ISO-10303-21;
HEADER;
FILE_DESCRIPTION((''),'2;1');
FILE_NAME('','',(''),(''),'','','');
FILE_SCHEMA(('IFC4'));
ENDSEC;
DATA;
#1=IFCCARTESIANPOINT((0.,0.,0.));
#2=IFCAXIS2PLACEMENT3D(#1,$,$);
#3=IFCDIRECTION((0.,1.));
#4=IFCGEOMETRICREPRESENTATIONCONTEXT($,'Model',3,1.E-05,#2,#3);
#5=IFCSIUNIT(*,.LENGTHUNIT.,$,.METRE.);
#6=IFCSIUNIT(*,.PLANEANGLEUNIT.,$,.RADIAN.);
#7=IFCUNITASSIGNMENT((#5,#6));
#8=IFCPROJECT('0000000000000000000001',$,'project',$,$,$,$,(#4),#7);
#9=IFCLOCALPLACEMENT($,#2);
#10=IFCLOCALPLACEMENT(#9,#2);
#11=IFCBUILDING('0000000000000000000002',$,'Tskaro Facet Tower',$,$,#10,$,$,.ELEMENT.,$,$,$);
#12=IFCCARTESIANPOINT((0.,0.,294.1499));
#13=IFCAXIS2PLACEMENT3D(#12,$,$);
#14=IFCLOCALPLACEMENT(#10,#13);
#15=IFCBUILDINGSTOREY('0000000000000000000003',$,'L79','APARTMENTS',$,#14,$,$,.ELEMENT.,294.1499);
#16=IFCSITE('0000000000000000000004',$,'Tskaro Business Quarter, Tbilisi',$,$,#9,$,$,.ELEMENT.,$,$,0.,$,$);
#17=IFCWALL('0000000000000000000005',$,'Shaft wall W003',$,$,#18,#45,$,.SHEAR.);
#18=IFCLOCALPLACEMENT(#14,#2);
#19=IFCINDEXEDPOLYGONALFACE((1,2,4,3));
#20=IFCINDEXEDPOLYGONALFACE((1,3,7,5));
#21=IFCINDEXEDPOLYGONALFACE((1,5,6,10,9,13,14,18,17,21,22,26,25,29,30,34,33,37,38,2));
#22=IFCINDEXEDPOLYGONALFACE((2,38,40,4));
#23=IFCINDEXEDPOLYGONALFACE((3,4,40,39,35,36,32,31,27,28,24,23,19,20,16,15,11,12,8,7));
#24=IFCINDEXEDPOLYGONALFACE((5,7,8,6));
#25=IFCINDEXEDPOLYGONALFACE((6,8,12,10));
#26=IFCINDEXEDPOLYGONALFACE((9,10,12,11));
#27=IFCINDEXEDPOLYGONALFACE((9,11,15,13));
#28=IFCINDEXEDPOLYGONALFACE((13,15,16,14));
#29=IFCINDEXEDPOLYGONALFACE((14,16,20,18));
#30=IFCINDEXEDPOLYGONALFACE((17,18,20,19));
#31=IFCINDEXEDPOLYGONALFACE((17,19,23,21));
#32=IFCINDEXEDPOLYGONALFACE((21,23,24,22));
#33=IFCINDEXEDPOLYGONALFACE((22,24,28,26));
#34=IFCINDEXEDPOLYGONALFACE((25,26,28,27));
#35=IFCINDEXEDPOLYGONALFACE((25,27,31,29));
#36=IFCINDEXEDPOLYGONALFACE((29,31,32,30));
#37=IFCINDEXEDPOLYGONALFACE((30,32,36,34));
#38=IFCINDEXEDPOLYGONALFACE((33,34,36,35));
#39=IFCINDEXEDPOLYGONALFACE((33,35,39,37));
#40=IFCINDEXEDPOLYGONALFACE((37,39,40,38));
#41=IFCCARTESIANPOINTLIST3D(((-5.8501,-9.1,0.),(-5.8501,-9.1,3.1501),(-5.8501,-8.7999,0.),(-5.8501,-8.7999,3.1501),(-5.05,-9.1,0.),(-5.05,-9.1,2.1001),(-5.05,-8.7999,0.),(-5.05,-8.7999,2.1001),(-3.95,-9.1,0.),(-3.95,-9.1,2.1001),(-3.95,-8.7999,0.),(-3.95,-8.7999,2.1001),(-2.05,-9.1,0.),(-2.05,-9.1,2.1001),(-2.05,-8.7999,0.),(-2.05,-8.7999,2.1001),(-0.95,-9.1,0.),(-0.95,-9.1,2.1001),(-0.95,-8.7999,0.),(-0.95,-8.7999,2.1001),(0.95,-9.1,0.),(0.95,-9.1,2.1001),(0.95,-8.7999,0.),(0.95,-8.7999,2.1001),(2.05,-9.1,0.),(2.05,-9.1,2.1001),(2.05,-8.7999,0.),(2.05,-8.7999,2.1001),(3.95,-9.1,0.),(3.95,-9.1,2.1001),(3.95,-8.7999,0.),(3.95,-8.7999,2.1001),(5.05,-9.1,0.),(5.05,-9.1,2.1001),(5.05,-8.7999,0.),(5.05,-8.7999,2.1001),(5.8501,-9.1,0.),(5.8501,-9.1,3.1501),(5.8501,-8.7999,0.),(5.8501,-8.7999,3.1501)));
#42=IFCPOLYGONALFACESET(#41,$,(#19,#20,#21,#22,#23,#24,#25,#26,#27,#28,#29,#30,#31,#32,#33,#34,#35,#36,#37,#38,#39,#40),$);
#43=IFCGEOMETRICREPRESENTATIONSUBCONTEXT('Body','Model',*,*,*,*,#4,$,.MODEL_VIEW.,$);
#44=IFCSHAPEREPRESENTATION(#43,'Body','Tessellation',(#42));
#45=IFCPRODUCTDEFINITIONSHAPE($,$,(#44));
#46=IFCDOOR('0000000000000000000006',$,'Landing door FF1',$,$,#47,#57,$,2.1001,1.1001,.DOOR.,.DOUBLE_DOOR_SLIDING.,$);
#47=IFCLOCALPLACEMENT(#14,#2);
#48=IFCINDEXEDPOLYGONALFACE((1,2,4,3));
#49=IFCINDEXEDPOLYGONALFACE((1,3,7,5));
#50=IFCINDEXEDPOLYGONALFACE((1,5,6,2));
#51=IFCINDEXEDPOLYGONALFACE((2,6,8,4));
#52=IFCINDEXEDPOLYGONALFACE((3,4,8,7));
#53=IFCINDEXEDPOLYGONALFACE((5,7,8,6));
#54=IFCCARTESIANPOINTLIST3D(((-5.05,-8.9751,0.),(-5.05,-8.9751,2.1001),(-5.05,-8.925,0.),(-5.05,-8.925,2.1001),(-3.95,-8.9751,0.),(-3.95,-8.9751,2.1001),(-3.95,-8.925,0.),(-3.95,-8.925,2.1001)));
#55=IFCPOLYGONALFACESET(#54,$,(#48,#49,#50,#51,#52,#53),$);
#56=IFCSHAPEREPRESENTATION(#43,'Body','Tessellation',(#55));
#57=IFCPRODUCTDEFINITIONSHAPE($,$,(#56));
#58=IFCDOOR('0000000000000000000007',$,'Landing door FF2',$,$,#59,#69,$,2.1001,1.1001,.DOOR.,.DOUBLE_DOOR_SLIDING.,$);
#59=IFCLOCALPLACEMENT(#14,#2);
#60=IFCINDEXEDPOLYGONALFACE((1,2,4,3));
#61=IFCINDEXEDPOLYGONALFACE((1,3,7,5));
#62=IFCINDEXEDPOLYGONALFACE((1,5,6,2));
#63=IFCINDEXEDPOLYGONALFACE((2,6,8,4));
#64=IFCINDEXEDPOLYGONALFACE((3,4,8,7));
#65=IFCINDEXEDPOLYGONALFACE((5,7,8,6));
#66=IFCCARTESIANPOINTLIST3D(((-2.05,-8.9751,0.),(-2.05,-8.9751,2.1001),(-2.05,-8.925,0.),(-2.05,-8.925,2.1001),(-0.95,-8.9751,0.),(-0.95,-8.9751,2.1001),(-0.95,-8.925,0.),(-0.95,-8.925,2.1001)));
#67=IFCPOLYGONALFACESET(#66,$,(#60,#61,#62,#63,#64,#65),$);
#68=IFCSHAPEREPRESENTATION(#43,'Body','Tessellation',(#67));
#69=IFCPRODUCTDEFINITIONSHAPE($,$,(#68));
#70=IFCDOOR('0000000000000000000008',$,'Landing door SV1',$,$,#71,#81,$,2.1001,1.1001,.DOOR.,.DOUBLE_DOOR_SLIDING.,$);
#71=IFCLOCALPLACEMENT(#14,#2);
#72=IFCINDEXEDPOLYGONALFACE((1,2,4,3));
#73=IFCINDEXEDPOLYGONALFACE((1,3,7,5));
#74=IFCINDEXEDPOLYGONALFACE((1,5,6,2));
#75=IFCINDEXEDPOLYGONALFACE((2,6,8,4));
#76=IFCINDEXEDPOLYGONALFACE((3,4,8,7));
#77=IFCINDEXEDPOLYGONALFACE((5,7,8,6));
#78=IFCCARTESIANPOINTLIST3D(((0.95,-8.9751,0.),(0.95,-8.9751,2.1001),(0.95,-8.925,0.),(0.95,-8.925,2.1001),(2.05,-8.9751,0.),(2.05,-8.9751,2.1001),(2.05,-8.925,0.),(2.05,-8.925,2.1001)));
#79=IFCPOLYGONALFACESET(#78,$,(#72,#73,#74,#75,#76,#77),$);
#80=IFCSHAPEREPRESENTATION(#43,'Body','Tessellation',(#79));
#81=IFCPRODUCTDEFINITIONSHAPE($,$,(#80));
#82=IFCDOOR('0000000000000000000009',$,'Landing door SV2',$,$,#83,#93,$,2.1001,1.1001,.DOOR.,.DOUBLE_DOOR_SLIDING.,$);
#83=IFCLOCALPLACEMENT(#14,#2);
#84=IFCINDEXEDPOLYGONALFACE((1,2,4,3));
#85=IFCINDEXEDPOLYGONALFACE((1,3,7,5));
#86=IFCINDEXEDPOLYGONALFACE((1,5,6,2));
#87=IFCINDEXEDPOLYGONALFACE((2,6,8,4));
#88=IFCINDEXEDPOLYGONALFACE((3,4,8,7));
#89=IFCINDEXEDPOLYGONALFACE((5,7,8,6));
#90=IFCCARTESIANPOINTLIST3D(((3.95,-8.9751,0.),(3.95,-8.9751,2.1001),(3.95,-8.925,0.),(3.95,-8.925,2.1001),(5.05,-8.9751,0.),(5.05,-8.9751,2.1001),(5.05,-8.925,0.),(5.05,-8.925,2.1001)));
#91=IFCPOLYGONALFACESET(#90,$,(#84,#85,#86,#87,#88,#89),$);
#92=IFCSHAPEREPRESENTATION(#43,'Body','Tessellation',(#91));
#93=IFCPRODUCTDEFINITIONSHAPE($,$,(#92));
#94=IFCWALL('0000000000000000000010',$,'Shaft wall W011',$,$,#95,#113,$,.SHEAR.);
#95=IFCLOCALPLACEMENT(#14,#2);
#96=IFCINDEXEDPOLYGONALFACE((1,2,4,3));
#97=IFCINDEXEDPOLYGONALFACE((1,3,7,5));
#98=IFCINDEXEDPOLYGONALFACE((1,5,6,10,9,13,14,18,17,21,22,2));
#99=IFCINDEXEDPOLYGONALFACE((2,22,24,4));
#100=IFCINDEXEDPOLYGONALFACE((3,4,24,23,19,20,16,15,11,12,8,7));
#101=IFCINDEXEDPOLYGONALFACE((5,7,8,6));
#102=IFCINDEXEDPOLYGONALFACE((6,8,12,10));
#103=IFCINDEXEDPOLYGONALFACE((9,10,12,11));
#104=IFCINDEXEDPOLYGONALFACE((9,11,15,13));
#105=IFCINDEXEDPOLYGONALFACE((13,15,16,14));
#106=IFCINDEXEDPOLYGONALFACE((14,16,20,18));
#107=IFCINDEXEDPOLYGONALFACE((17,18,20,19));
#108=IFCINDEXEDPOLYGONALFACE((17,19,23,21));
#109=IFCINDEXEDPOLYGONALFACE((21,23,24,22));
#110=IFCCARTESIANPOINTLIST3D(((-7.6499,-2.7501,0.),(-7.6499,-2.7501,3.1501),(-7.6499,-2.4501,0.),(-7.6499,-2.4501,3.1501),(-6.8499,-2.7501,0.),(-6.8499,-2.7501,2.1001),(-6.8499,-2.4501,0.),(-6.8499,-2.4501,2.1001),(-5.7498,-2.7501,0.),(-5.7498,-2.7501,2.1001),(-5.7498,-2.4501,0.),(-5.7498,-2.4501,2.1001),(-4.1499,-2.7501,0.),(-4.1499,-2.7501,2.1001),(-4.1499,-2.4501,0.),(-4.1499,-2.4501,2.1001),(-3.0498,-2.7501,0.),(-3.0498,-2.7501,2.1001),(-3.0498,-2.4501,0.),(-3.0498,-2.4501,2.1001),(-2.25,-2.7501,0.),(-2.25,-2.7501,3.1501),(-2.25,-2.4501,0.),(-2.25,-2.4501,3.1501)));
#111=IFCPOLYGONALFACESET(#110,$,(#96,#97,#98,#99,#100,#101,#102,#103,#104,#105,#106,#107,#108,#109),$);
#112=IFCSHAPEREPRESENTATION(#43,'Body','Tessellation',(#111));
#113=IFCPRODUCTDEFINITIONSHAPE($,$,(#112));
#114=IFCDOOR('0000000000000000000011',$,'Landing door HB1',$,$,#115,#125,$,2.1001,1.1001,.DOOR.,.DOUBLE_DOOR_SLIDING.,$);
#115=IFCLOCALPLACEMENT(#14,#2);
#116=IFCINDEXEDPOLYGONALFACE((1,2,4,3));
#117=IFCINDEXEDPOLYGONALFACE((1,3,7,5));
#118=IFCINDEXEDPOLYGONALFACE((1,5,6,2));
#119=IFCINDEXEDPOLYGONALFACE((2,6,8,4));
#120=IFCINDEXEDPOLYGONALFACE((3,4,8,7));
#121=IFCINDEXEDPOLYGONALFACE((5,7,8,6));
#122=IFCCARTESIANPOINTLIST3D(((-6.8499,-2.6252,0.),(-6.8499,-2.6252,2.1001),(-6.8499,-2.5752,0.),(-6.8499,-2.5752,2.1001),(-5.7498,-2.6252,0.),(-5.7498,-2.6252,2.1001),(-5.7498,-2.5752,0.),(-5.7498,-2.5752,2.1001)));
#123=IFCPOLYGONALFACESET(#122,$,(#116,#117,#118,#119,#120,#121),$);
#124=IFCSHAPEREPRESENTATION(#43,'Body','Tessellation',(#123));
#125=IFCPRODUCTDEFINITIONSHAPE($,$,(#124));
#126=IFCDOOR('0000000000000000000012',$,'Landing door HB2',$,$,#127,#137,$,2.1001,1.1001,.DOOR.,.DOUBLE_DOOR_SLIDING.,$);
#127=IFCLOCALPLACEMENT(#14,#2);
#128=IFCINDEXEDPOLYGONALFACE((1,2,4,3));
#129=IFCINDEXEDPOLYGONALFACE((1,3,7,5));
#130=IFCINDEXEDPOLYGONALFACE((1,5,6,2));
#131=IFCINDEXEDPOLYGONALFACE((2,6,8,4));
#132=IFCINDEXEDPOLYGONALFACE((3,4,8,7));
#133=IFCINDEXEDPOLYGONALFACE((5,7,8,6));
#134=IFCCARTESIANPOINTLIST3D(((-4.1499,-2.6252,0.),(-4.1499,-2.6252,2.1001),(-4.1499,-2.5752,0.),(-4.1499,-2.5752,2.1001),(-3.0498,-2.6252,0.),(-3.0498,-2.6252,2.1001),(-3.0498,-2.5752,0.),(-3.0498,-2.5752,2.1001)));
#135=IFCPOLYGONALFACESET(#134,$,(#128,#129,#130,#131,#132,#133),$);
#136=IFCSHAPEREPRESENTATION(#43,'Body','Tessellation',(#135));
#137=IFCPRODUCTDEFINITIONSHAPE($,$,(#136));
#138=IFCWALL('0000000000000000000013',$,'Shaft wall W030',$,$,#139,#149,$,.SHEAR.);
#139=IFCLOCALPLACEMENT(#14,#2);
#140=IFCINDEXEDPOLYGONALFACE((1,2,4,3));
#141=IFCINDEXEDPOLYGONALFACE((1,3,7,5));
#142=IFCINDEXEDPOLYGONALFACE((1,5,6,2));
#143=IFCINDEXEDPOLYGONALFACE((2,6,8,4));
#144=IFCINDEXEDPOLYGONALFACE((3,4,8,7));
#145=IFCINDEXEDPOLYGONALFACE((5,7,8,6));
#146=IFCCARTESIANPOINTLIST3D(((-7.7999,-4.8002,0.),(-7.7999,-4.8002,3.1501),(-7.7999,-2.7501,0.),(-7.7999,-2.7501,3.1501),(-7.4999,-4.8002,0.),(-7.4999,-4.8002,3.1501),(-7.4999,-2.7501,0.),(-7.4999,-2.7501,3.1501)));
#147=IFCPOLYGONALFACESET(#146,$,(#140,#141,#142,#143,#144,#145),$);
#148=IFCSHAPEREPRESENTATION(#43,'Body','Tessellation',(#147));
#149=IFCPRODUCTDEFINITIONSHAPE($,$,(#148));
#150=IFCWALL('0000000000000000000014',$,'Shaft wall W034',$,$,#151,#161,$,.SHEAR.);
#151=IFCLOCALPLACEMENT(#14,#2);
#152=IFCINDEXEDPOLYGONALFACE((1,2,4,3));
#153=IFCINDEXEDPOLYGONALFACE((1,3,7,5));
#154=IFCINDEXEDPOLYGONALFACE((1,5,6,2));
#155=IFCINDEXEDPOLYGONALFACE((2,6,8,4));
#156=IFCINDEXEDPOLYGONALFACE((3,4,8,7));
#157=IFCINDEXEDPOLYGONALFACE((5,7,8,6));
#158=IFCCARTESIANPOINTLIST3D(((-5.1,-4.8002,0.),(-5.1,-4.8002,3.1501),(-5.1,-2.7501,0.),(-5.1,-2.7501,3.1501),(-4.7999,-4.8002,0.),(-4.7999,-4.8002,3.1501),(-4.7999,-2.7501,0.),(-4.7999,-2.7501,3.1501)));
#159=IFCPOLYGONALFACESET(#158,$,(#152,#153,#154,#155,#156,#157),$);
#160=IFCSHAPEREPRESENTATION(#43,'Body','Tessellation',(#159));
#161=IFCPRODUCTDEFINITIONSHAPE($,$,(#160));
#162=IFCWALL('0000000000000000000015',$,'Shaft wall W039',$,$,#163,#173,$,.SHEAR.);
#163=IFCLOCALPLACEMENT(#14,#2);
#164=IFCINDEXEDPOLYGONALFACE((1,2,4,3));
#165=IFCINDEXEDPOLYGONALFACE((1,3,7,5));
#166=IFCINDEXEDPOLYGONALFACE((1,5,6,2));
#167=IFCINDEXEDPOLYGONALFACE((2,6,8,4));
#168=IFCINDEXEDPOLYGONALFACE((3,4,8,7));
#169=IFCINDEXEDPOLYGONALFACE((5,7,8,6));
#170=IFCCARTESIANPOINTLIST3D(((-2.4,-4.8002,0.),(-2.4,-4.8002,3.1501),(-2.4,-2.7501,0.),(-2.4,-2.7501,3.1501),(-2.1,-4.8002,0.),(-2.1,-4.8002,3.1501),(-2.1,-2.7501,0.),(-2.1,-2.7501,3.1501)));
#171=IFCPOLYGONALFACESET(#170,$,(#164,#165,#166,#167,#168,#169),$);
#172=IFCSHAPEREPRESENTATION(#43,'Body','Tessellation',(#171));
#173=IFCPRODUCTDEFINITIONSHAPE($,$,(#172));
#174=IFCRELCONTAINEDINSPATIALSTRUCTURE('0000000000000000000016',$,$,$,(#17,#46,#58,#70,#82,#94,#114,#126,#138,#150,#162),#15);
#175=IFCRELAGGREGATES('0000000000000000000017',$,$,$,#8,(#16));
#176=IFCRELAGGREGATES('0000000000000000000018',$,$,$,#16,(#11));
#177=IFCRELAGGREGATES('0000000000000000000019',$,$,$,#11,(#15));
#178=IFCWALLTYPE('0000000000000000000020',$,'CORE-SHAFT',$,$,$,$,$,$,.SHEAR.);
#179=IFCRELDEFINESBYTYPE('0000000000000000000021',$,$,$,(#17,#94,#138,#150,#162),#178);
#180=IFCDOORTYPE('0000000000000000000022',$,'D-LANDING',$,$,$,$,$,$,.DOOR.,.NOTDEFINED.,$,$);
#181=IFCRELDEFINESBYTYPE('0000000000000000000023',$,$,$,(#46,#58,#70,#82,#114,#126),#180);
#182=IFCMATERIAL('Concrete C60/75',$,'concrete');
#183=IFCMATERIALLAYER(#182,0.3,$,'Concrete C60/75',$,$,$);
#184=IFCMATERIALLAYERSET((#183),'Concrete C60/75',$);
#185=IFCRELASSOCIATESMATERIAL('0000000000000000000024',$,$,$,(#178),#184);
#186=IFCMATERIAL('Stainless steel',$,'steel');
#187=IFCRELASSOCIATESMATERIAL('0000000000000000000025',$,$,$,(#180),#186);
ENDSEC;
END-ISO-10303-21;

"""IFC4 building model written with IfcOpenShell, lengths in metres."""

from ifc_helpers import new_model, si_unit, direction, frame, frame_2d, origin, place, context, subcontext, project, spatial, rectangle, extrude, material, layer, layer_set, type_object, element, fill, save


model = new_model("IFC4")

# Units and contexts
model_context = context("Model", 3, precision=1e-05, world=origin(), true_north=direction((0.0, 1.0)))
body_context = subcontext(model_context, "Body", "Model", "MODEL_VIEW")
ifc_project = project(units=[si_unit("LENGTHUNIT", "METRE"), si_unit("PLANEANGLEUNIT", "RADIAN")], contexts=[model_context])

# Site, building, storey
site_placement = place(None, origin())
site = spatial("IfcSite", under=ifc_project, at=site_placement, Name="Tskaro Business Quarter, Tbilisi", CompositionType="ELEMENT", RefElevation=0.0)
building_placement = place(site_placement, origin())
building = spatial("IfcBuilding", under=site, at=building_placement, Name="Tskaro Facet Tower", CompositionType="ELEMENT")
storey_placement = place(building_placement, frame((0.0, 0.0, 294.1499)))
storey = spatial("IfcBuildingStorey", under=building, at=storey_placement, Name="L79", Description="APARTMENTS", CompositionType="ELEMENT", Elevation=294.1499)

# Walls, openings, doors
ifc_material_1 = material(Name="Concrete C60/75", Category="concrete")
ifc_layer_1 = layer(ifc_material_1, 0.3, Name="Concrete C60/75")
ifc_layer_set_1 = layer_set([ifc_layer_1], Name="Concrete C60/75")
wall_type_1 = type_object("IfcWallType", Name="CORE-SHAFT", PredefinedType="SHEAR", material=ifc_layer_set_1)
wall_1_placement = place(storey_placement, frame((-5.8501, -8.95, 0.0), z_axis=(0.0, 0.0, 1.0), x_axis=(1.0, 0.0, 0.0)))
wall_1 = element("IfcWall", 1, at=wall_1_placement, inside=storey, type_object=wall_type_1, Name="Shaft wall W003", PredefinedType="SHEAR", context=body_context, shape_type="SweptSolid", body=[
    extrude(rectangle(XDim=11.7002, YDim=0.3, at=frame_2d((5.8501, 0.0))), origin(), (0.0, 0.0, 1.0), 3.1501),
])
opening_1_placement = place(wall_1_placement, frame((0.8, 0.0, 0.0)))
opening_1 = element("IfcOpeningElement", 2, at=opening_1_placement, cuts=wall_1, PredefinedType="OPENING", context=body_context, shape_type="SweptSolid", body=[
    extrude(rectangle(XDim=1.1001, YDim=2.1001, at=frame_2d((0.55, 1.05))), frame((0.0, 0.1599, 0.0), z_axis=(0.0, -1.0, 0.0), x_axis=(1.0, 0.0, 0.0)), (0.0, 0.0, 1.0), 0.3201),
])
opening_2_placement = place(wall_1_placement, frame((3.8, 0.0, 0.0)))
opening_2 = element("IfcOpeningElement", 3, at=opening_2_placement, cuts=wall_1, PredefinedType="OPENING", context=body_context, shape_type="SweptSolid", body=[
    extrude(rectangle(XDim=1.1001, YDim=2.1001, at=frame_2d((0.55, 1.05))), frame((0.0, 0.1599, 0.0), z_axis=(0.0, -1.0, 0.0), x_axis=(1.0, 0.0, 0.0)), (0.0, 0.0, 1.0), 0.3201),
])
opening_3_placement = place(wall_1_placement, frame((6.8, 0.0, 0.0)))
opening_3 = element("IfcOpeningElement", 4, at=opening_3_placement, cuts=wall_1, PredefinedType="OPENING", context=body_context, shape_type="SweptSolid", body=[
    extrude(rectangle(XDim=1.1001, YDim=2.1001, at=frame_2d((0.55, 1.05))), frame((0.0, 0.1599, 0.0), z_axis=(0.0, -1.0, 0.0), x_axis=(1.0, 0.0, 0.0)), (0.0, 0.0, 1.0), 0.3201),
])
opening_4_placement = place(wall_1_placement, frame((9.8, 0.0, 0.0)))
opening_4 = element("IfcOpeningElement", 5, at=opening_4_placement, cuts=wall_1, PredefinedType="OPENING", context=body_context, shape_type="SweptSolid", body=[
    extrude(rectangle(XDim=1.1001, YDim=2.1001, at=frame_2d((0.55, 1.05))), frame((0.0, 0.1599, 0.0), z_axis=(0.0, -1.0, 0.0), x_axis=(1.0, 0.0, 0.0)), (0.0, 0.0, 1.0), 0.3201),
])
ifc_material_2 = material(Name="Stainless steel", Category="steel")
door_type_1 = type_object("IfcDoorType", Name="D-LANDING", OperationType="NOTDEFINED", PredefinedType="DOOR", material=ifc_material_2)
door_1_placement = place(opening_1_placement, origin())
door_1 = element("IfcDoor", 6, at=door_1_placement, inside=storey, type_object=door_type_1, Name="Landing door FF1", OperationType="DOUBLE_DOOR_SLIDING", OverallHeight=2.1001, OverallWidth=1.1001, PredefinedType="DOOR", context=body_context, shape_type="SweptSolid", body=[
    extrude(rectangle(XDim=1.1001, YDim=2.1001, at=frame_2d((0.55, 1.05))), frame((0.0, 0.0249, 0.0), z_axis=(0.0, -1.0, 0.0), x_axis=(1.0, 0.0, 0.0)), (0.0, 0.0, 1.0), 0.05),
])
fill(opening_1, door_1)
door_2_placement = place(opening_2_placement, origin())
door_2 = element("IfcDoor", 7, at=door_2_placement, inside=storey, type_object=door_type_1, Name="Landing door FF2", OperationType="DOUBLE_DOOR_SLIDING", OverallHeight=2.1001, OverallWidth=1.1001, PredefinedType="DOOR", context=body_context, shape_type="SweptSolid", body=[
    extrude(rectangle(XDim=1.1001, YDim=2.1001, at=frame_2d((0.55, 1.05))), frame((0.0, 0.0249, 0.0), z_axis=(0.0, -1.0, 0.0), x_axis=(1.0, 0.0, 0.0)), (0.0, 0.0, 1.0), 0.05),
])
fill(opening_2, door_2)
door_3_placement = place(opening_3_placement, origin())
door_3 = element("IfcDoor", 8, at=door_3_placement, inside=storey, type_object=door_type_1, Name="Landing door SV1", OperationType="DOUBLE_DOOR_SLIDING", OverallHeight=2.1001, OverallWidth=1.1001, PredefinedType="DOOR", context=body_context, shape_type="SweptSolid", body=[
    extrude(rectangle(XDim=1.1001, YDim=2.1001, at=frame_2d((0.55, 1.05))), frame((0.0, 0.0249, 0.0), z_axis=(0.0, -1.0, 0.0), x_axis=(1.0, 0.0, 0.0)), (0.0, 0.0, 1.0), 0.05),
])
fill(opening_3, door_3)
door_4_placement = place(opening_4_placement, origin())
door_4 = element("IfcDoor", 9, at=door_4_placement, inside=storey, type_object=door_type_1, Name="Landing door SV2", OperationType="DOUBLE_DOOR_SLIDING", OverallHeight=2.1001, OverallWidth=1.1001, PredefinedType="DOOR", context=body_context, shape_type="SweptSolid", body=[
    extrude(rectangle(XDim=1.1001, YDim=2.1001, at=frame_2d((0.55, 1.05))), frame((0.0, 0.0249, 0.0), z_axis=(0.0, -1.0, 0.0), x_axis=(1.0, 0.0, 0.0)), (0.0, 0.0, 1.0), 0.05),
])
fill(opening_4, door_4)
wall_2_placement = place(storey_placement, frame((-7.6499, -2.6001, 0.0), z_axis=(0.0, 0.0, 1.0), x_axis=(1.0, 0.0, 0.0)))
wall_2 = element("IfcWall", 10, at=wall_2_placement, inside=storey, type_object=wall_type_1, Name="Shaft wall W011", PredefinedType="SHEAR", context=body_context, shape_type="SweptSolid", body=[
    extrude(rectangle(XDim=5.3999, YDim=0.3, at=frame_2d((2.7, 0.0))), origin(), (0.0, 0.0, 1.0), 3.1501),
])
opening_5_placement = place(wall_2_placement, frame((0.8, 0.0, 0.0)))
opening_5 = element("IfcOpeningElement", 11, at=opening_5_placement, cuts=wall_2, PredefinedType="OPENING", context=body_context, shape_type="SweptSolid", body=[
    extrude(rectangle(XDim=1.1001, YDim=2.1001, at=frame_2d((0.55, 1.05))), frame((0.0, 0.1599, 0.0), z_axis=(0.0, -1.0, 0.0), x_axis=(1.0, 0.0, 0.0)), (0.0, 0.0, 1.0), 0.3201),
])
opening_6_placement = place(wall_2_placement, frame((3.5, 0.0, 0.0)))
opening_6 = element("IfcOpeningElement", 12, at=opening_6_placement, cuts=wall_2, PredefinedType="OPENING", context=body_context, shape_type="SweptSolid", body=[
    extrude(rectangle(XDim=1.1001, YDim=2.1001, at=frame_2d((0.55, 1.05))), frame((0.0, 0.1599, 0.0), z_axis=(0.0, -1.0, 0.0), x_axis=(1.0, 0.0, 0.0)), (0.0, 0.0, 1.0), 0.3201),
])
door_5_placement = place(opening_5_placement, origin())
door_5 = element("IfcDoor", 13, at=door_5_placement, inside=storey, type_object=door_type_1, Name="Landing door HB1", OperationType="DOUBLE_DOOR_SLIDING", OverallHeight=2.1001, OverallWidth=1.1001, PredefinedType="DOOR", context=body_context, shape_type="SweptSolid", body=[
    extrude(rectangle(XDim=1.1001, YDim=2.1001, at=frame_2d((0.55, 1.05))), frame((0.0, 0.0249, 0.0), z_axis=(0.0, -1.0, 0.0), x_axis=(1.0, 0.0, 0.0)), (0.0, 0.0, 1.0), 0.05),
])
fill(opening_5, door_5)
door_6_placement = place(opening_6_placement, origin())
door_6 = element("IfcDoor", 14, at=door_6_placement, inside=storey, type_object=door_type_1, Name="Landing door HB2", OperationType="DOUBLE_DOOR_SLIDING", OverallHeight=2.1001, OverallWidth=1.1001, PredefinedType="DOOR", context=body_context, shape_type="SweptSolid", body=[
    extrude(rectangle(XDim=1.1001, YDim=2.1001, at=frame_2d((0.55, 1.05))), frame((0.0, 0.0249, 0.0), z_axis=(0.0, -1.0, 0.0), x_axis=(1.0, 0.0, 0.0)), (0.0, 0.0, 1.0), 0.05),
])
fill(opening_6, door_6)

# Walls
for number, where, z_axis, x_axis, name in (
    (15, (-7.6499, -4.8, 0.0), (0.0, 0.0, 1.0), (0.0, 1.0, 0.0), "Shaft wall W030"),
    (16, (-4.95, -4.8, 0.0), (0.0, 0.0, 1.0), (0.0, 1.0, 0.0), "Shaft wall W034"),
    (17, (-2.25, -4.8, 0.0), (0.0, 0.0, 1.0), (0.0, 1.0, 0.0), "Shaft wall W039"),
):
    element("IfcWall", number, at=place(storey_placement, frame(where, z_axis=z_axis, x_axis=x_axis)), inside=storey, type_object=wall_type_1, Name=name, PredefinedType="SHEAR", context=body_context, shape_type="SweptSolid", body=[
        extrude(rectangle(XDim=2.05, YDim=0.3, at=frame_2d((1.0249, 0.0))), origin(), (0.0, 0.0, 1.0), 3.1501),
    ])

save(model, "model.ifc")
